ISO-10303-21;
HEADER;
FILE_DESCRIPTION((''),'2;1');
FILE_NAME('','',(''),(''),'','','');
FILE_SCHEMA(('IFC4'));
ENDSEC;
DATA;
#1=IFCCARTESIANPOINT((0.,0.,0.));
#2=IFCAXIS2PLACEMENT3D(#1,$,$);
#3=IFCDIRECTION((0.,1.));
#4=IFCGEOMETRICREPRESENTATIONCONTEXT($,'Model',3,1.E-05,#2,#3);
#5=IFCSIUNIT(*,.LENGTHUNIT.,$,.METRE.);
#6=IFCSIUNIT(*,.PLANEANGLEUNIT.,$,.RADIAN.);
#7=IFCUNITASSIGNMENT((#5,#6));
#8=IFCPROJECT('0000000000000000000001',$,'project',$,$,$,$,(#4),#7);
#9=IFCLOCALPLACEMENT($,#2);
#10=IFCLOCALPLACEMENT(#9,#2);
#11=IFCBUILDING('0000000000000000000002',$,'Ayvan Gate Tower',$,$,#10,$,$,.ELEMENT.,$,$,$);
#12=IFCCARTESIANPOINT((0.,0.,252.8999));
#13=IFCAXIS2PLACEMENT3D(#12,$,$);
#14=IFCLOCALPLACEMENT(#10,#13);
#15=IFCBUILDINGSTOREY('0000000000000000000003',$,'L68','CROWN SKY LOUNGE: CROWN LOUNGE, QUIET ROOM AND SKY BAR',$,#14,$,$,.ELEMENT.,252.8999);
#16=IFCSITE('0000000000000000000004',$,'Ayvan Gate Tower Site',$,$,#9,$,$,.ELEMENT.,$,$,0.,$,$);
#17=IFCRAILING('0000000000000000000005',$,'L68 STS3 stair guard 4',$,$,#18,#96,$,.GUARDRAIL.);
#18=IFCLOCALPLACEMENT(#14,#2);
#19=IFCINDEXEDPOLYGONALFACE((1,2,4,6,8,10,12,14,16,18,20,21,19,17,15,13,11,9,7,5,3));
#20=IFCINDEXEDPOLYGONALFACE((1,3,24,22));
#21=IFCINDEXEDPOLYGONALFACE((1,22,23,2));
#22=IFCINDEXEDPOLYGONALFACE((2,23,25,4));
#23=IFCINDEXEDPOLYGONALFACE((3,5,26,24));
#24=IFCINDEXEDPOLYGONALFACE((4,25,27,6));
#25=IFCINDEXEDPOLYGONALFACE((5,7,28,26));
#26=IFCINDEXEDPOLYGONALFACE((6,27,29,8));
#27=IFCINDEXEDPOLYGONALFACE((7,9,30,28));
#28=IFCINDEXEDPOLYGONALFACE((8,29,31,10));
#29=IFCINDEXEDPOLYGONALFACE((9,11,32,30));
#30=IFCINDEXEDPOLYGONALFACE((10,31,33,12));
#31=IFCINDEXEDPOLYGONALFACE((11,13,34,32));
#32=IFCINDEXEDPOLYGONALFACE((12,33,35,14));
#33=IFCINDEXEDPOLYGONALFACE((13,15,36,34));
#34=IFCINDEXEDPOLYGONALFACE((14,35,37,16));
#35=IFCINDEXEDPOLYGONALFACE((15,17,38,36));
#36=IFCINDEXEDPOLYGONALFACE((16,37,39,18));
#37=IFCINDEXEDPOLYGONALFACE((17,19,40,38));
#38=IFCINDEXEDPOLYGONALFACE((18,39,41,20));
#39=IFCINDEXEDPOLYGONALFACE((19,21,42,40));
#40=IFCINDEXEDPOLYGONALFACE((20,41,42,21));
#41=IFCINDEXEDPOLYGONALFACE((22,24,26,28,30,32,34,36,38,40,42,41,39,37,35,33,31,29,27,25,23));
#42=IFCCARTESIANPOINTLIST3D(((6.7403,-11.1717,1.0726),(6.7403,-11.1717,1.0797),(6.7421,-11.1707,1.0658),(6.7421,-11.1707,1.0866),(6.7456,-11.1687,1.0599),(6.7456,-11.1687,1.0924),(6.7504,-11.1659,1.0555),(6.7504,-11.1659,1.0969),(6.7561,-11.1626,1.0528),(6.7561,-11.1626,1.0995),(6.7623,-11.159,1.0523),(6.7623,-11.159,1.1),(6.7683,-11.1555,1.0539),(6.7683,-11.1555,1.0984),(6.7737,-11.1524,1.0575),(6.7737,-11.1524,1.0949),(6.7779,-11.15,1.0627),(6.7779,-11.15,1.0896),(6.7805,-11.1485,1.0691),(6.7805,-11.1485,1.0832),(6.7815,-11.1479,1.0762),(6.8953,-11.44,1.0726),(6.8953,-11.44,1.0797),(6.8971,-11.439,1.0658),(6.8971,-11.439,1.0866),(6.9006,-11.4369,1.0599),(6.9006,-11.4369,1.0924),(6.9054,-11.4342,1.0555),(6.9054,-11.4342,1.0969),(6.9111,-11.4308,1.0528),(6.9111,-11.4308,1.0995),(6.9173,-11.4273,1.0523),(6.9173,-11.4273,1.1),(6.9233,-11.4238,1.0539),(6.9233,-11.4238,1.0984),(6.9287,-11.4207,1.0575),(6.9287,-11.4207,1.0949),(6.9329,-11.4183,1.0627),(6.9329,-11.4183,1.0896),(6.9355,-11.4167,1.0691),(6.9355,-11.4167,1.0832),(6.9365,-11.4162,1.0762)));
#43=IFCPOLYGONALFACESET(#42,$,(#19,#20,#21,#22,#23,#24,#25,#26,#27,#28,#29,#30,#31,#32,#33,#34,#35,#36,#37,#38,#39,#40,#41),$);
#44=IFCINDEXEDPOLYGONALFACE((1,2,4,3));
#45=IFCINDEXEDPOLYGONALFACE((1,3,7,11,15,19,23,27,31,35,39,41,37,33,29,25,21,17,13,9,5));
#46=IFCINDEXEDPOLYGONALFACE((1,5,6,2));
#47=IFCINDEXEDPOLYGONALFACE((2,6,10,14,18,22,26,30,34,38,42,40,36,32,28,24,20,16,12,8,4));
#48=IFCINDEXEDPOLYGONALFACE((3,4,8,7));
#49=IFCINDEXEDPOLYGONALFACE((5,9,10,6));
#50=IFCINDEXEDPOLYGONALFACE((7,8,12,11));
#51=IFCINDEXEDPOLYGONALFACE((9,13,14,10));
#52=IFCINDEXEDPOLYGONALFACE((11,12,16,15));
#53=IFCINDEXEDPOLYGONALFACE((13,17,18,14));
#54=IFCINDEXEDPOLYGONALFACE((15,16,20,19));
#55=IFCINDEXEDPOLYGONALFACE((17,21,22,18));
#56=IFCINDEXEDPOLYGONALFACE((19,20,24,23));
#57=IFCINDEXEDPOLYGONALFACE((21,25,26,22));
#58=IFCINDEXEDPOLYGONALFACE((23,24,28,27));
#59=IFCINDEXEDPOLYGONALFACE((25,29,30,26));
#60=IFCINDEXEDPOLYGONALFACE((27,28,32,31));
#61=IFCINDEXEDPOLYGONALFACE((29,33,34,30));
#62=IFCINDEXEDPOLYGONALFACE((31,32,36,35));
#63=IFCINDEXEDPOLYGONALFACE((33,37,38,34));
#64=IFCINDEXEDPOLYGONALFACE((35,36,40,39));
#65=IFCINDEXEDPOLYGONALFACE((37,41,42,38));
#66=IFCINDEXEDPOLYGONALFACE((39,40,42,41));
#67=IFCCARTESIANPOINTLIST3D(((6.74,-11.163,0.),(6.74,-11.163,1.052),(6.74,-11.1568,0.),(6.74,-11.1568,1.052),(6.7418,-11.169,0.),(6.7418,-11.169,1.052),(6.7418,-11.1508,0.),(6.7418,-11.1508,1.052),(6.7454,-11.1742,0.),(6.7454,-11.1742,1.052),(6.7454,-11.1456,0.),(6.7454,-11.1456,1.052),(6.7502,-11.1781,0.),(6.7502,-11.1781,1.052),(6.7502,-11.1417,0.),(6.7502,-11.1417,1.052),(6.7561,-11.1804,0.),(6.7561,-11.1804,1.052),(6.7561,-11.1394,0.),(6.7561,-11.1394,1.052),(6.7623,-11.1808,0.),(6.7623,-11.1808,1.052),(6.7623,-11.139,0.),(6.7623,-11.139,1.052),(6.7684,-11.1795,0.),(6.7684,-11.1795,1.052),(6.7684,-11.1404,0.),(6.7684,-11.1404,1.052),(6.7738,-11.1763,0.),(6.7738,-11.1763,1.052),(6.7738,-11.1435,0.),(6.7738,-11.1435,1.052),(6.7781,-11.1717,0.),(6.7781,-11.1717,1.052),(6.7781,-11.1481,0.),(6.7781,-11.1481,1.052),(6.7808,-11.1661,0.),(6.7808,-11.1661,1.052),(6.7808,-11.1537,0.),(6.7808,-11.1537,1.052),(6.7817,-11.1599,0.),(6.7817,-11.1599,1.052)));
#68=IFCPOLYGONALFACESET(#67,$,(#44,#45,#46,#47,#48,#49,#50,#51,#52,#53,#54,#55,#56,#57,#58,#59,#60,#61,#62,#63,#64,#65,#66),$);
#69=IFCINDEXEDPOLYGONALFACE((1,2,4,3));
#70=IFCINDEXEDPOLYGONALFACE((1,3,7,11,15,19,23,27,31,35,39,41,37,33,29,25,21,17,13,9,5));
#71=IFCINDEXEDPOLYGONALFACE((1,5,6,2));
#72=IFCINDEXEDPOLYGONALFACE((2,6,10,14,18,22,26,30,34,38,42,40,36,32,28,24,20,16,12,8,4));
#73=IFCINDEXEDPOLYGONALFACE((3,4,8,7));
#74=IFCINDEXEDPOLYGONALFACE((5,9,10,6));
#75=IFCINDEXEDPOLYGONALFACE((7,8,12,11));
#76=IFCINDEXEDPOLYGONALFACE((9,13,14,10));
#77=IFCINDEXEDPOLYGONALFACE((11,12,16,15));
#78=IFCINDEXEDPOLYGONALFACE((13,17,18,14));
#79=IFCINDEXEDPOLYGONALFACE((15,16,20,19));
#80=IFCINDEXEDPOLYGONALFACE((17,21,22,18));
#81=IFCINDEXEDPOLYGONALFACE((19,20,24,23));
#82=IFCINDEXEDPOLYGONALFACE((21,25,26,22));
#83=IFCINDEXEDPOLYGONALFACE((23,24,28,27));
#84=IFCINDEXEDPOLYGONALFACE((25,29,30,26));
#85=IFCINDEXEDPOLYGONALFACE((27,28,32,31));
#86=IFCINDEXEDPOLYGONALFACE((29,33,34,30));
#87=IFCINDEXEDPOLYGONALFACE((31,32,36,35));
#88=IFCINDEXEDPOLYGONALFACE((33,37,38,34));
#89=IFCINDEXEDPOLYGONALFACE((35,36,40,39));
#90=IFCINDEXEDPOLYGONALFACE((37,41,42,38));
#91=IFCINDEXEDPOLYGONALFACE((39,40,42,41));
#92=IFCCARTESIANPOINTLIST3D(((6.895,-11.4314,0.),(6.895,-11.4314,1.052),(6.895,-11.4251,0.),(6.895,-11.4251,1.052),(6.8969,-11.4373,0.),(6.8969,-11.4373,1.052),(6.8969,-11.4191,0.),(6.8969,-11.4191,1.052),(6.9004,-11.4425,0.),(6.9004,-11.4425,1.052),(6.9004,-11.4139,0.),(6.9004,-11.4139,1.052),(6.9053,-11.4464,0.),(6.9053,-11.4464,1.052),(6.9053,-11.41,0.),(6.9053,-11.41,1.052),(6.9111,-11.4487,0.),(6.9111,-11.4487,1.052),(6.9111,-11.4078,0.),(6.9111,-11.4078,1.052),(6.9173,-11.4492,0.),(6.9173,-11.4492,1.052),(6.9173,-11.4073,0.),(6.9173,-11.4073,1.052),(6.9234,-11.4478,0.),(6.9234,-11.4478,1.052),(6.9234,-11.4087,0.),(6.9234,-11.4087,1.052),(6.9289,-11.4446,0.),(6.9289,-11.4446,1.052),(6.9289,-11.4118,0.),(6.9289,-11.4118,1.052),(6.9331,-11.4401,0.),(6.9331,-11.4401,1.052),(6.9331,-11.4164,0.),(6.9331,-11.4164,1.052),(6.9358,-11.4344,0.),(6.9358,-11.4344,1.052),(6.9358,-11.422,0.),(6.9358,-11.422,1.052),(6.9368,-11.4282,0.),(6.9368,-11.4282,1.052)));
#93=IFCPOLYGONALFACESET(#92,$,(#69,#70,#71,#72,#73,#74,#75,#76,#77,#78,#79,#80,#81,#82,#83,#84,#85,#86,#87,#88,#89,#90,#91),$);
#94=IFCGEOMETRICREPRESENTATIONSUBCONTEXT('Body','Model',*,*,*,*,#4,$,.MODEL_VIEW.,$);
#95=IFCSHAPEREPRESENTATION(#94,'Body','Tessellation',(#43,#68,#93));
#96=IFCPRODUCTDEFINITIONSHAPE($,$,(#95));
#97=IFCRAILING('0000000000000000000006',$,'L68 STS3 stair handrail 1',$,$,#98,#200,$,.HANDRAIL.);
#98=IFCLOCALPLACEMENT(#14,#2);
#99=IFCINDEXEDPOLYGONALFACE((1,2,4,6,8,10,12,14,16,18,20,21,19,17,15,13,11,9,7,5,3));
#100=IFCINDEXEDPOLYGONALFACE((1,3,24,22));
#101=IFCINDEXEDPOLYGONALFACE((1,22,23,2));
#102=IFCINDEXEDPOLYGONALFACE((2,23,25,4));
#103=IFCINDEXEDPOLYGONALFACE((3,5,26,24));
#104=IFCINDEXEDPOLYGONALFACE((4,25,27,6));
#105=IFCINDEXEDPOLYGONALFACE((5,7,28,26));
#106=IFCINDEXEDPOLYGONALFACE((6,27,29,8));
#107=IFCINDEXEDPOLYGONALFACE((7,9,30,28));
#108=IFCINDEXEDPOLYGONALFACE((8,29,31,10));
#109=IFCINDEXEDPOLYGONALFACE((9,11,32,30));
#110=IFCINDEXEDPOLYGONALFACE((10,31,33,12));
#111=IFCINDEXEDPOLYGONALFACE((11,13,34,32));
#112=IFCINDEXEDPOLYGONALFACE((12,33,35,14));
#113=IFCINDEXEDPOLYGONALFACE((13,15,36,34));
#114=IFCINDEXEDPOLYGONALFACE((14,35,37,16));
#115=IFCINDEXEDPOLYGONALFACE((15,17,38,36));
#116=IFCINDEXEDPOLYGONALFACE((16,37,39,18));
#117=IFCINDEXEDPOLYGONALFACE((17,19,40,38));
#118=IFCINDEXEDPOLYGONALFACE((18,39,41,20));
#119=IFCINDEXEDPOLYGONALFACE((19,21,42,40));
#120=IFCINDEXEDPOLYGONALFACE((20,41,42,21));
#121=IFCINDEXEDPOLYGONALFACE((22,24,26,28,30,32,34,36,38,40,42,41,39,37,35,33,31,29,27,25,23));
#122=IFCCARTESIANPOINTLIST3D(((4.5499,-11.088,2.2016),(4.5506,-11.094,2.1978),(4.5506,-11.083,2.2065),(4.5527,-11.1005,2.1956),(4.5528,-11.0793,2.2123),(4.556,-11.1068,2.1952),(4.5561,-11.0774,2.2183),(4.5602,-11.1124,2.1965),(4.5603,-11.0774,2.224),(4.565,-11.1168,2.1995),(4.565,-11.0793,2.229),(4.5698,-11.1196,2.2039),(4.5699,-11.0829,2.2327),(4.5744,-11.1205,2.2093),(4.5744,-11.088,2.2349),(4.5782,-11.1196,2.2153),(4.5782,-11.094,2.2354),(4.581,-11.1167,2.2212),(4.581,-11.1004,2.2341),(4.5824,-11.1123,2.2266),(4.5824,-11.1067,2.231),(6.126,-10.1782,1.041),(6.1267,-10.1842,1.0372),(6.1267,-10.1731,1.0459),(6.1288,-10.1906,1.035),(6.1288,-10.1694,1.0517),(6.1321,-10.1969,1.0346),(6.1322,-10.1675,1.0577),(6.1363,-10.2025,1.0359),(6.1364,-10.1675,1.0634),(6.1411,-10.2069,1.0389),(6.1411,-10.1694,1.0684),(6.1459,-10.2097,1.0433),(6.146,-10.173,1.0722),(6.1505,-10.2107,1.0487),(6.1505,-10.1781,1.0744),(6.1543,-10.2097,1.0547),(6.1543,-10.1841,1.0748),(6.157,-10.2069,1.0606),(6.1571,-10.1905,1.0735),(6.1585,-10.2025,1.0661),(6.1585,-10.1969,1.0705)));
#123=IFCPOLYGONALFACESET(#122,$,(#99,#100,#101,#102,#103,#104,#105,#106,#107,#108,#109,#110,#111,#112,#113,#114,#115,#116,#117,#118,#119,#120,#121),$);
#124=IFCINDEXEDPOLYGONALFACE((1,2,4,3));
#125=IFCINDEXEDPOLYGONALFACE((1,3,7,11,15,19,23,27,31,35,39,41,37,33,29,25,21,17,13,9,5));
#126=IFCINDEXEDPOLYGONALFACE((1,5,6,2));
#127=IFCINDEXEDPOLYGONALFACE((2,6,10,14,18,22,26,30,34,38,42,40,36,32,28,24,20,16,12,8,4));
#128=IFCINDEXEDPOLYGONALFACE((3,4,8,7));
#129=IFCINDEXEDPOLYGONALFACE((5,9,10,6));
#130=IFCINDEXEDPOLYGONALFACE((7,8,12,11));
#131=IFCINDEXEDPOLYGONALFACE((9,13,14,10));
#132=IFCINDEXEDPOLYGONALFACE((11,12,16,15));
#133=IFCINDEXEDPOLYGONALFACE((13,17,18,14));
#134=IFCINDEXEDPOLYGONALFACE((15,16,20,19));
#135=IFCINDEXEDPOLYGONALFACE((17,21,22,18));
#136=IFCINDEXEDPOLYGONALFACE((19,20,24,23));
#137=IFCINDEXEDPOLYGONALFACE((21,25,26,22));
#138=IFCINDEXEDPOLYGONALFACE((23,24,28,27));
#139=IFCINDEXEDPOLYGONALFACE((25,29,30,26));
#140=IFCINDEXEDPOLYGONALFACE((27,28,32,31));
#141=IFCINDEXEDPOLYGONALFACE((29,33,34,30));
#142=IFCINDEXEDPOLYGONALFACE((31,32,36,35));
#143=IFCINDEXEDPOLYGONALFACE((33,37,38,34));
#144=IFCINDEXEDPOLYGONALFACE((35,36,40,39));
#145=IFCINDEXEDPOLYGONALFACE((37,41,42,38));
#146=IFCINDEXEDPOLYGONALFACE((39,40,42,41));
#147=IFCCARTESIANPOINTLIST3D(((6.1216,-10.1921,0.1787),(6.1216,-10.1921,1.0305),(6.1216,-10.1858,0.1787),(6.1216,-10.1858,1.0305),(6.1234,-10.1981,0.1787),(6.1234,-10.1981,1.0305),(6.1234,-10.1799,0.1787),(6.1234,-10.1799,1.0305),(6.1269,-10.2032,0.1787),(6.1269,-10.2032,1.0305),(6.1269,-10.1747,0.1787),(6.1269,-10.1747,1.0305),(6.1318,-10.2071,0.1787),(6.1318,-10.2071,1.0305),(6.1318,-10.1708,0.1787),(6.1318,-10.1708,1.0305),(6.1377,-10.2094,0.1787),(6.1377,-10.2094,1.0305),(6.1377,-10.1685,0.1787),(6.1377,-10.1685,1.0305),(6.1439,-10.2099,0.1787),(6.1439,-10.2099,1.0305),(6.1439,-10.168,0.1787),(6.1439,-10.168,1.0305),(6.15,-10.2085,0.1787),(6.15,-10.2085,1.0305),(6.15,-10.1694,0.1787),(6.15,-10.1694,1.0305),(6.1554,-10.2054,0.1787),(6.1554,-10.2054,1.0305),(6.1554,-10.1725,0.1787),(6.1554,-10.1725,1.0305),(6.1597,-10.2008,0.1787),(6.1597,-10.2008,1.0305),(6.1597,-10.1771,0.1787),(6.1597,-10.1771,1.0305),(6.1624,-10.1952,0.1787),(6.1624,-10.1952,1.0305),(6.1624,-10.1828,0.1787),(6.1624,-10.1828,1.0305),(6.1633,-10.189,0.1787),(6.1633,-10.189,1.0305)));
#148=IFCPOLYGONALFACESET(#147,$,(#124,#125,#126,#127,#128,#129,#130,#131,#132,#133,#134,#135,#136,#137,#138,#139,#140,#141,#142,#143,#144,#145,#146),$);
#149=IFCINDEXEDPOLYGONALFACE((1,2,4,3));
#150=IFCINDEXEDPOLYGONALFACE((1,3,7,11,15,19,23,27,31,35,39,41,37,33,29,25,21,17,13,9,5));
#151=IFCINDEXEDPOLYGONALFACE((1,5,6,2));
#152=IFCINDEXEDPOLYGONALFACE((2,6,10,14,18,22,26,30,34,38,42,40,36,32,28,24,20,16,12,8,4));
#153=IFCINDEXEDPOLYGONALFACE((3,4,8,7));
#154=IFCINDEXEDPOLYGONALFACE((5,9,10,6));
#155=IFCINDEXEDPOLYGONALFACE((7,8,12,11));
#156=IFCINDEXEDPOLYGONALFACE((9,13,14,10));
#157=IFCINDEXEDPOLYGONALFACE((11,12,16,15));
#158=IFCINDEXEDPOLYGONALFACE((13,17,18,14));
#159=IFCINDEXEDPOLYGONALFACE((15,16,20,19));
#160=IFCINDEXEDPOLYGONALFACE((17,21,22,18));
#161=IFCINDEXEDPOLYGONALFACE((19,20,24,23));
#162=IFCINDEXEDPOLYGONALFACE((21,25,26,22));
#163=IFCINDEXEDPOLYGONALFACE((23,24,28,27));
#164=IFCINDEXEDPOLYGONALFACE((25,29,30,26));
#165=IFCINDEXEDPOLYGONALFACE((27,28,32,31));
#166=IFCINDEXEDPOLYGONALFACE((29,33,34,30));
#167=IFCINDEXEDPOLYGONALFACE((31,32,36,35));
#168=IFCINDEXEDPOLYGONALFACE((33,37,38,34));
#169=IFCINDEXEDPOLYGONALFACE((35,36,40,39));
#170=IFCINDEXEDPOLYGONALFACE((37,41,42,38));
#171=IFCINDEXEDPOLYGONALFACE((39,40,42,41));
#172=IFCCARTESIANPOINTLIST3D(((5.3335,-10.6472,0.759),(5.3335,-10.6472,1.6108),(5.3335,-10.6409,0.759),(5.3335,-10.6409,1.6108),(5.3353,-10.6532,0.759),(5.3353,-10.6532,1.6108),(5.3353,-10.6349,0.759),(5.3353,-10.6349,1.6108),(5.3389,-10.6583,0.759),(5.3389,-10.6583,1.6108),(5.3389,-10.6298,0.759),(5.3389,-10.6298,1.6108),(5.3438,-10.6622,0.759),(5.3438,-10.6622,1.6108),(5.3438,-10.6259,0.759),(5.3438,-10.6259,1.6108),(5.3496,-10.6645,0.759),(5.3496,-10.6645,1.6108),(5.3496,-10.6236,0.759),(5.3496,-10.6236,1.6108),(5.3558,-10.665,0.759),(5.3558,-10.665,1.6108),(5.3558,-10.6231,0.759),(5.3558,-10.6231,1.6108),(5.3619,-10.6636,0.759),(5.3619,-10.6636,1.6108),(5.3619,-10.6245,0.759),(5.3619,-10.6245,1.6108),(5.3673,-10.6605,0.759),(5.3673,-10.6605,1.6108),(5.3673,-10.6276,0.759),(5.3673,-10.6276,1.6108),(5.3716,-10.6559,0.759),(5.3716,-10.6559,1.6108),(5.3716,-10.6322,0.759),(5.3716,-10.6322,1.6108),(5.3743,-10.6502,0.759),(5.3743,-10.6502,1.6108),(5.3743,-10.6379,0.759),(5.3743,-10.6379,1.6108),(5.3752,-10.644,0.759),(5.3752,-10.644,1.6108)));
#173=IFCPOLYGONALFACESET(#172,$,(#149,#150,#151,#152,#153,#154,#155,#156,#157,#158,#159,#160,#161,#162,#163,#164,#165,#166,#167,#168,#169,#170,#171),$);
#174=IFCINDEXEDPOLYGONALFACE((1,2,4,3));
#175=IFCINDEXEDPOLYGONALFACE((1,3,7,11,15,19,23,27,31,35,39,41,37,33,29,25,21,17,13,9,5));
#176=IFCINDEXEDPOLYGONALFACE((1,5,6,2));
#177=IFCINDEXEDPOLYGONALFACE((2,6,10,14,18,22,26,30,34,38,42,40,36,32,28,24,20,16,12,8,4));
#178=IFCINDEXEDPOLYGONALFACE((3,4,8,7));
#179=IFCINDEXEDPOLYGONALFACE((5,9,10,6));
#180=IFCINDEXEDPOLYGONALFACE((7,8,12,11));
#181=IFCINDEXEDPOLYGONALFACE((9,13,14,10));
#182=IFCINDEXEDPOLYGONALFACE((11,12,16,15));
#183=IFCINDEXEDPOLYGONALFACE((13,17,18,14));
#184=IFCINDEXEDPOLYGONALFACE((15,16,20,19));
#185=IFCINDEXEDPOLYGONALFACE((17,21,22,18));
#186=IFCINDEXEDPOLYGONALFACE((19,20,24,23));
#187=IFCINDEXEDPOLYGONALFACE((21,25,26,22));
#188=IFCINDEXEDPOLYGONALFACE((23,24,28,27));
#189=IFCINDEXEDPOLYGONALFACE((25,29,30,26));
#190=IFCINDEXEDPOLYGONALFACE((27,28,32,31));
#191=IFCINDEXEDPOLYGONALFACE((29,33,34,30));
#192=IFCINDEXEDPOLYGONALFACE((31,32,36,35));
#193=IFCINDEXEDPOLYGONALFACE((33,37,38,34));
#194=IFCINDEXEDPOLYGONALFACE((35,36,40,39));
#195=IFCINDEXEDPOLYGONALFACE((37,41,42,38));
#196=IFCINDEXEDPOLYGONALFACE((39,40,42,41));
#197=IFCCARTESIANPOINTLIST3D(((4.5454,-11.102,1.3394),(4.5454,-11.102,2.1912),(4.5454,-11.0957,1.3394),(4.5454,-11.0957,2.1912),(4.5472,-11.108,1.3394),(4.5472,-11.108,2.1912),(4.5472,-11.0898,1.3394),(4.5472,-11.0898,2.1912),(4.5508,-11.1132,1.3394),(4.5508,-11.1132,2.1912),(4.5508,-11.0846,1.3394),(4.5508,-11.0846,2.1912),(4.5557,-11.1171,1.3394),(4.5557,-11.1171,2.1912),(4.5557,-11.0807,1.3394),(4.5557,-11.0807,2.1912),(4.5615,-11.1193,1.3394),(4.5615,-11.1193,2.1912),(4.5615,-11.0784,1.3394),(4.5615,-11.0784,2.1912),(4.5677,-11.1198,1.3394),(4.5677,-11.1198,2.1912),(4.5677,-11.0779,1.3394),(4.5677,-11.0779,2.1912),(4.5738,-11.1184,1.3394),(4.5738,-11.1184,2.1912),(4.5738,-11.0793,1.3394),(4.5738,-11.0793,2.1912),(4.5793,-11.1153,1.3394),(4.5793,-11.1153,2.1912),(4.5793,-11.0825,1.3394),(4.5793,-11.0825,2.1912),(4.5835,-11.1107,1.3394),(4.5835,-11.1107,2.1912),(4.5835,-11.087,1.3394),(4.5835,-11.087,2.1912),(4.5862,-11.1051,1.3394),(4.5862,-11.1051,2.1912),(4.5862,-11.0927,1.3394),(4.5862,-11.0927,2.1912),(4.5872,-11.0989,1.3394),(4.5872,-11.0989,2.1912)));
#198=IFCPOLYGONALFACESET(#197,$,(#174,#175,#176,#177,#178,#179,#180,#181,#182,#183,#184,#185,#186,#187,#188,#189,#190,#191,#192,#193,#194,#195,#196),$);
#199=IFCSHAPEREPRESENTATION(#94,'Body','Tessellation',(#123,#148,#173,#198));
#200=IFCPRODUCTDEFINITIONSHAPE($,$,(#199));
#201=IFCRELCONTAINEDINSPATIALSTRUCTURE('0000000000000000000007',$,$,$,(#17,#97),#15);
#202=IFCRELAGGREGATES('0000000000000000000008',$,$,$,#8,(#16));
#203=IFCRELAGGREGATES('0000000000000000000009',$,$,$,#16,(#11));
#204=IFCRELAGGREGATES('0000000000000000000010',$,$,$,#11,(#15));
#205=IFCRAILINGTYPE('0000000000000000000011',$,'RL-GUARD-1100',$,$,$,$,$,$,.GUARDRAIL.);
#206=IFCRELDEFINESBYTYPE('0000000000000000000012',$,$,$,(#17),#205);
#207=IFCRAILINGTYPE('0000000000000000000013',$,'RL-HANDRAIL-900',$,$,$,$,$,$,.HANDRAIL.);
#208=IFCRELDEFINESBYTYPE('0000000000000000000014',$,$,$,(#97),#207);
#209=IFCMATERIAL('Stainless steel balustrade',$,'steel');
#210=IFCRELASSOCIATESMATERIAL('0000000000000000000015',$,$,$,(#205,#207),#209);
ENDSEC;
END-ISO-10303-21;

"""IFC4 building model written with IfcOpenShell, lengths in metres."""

from ifc_helpers import new_model, si_unit, direction, frame, origin, origin_2d, place, context, subcontext, project, spatial, circle, extrude, material, type_object, element, save


model = new_model("IFC4")

# Units and contexts
model_context = context("Model", 3, precision=1e-05, world=origin(), true_north=direction((0.0, 1.0)))
body_context = subcontext(model_context, "Body", "Model", "MODEL_VIEW")
ifc_project = project(units=[si_unit("LENGTHUNIT", "METRE"), si_unit("PLANEANGLEUNIT", "RADIAN")], contexts=[model_context])

# Site, building, storey
site_placement = place(None, origin())
site = spatial("IfcSite", under=ifc_project, at=site_placement, Name="Ayvan Gate Tower Site", CompositionType="ELEMENT", RefElevation=0.0)
building_placement = place(site_placement, origin())
building = spatial("IfcBuilding", under=site, at=building_placement, Name="Ayvan Gate Tower", CompositionType="ELEMENT")
storey_placement = place(building_placement, frame((0.0, 0.0, 252.8999)))
storey = spatial("IfcBuildingStorey", under=building, at=storey_placement, Name="L68", Description="CROWN SKY LOUNGE: CROWN LOUNGE, QUIET ROOM AND SKY BAR", CompositionType="ELEMENT", Elevation=252.8999)

# Railings
ifc_material_1 = material(Name="Stainless steel balustrade", Category="steel")
railing_type_1 = type_object("IfcRailingType", Name="RL-GUARD-1100", PredefinedType="GUARDRAIL", material=ifc_material_1)
railing_1_placement = place(storey_placement, frame((6.7607, -11.1599, 0.0)))
element("IfcRailing", 1, at=railing_1_placement, inside=storey, type_object=railing_type_1, Name="L68 STS3 stair guard 4", PredefinedType="GUARDRAIL", context=body_context, shape_type="SweptSolid", body=[
    extrude(circle(Radius=0.0239, at=origin_2d()), frame((0.0, 0.0, 1.0762), z_axis=(0.500291, -0.865857, 0.0), x_axis=(0.865857, 0.500291, 0.0)), (0.0, 0.0, 1.0), 0.3098),
    extrude(circle(Radius=0.021, at=origin_2d()), origin(), (0.0, 0.0, 1.0), 1.052),
    extrude(circle(Radius=0.021, at=origin_2d()), frame((0.155, -0.2683, 0.0)), (0.0, 0.0, 1.0), 1.052),
])
railing_type_2 = type_object("IfcRailingType", Name="RL-HANDRAIL-900", PredefinedType="HANDRAIL", material=ifc_material_1)
for number, where, name in (
    (2, (6.1423, -10.189, 0.1787), "L68 STS3 stair handrail 1"),
):
    element("IfcRailing", number, at=place(storey_placement, frame(where)), inside=storey, type_object=railing_type_2, Name=name, PredefinedType="HANDRAIL", context=body_context, shape_type="SweptSolid", body=[
        extrude(circle(Radius=0.0239, at=origin_2d()), frame((0.0, 0.0, 0.876), z_axis=(-0.730198, -0.421538, 0.537695), x_axis=(0.499962, -0.866047, 0.0)), (0.0, 0.0, 1.0), 2.1584),
        extrude(circle(Radius=0.021, at=origin_2d()), origin(), (0.0, 0.0, 1.0), 0.8518),
        extrude(circle(Radius=0.021, at=origin_2d()), frame((-0.7881, -0.4551, 0.5803)), (0.0, 0.0, 1.0), 0.8518),
        extrude(circle(Radius=0.021, at=origin_2d()), frame((-1.5762, -0.9099, 1.1606)), (0.0, 0.0, 1.0), 0.8518),
    ])

save(model, "model.ifc")
